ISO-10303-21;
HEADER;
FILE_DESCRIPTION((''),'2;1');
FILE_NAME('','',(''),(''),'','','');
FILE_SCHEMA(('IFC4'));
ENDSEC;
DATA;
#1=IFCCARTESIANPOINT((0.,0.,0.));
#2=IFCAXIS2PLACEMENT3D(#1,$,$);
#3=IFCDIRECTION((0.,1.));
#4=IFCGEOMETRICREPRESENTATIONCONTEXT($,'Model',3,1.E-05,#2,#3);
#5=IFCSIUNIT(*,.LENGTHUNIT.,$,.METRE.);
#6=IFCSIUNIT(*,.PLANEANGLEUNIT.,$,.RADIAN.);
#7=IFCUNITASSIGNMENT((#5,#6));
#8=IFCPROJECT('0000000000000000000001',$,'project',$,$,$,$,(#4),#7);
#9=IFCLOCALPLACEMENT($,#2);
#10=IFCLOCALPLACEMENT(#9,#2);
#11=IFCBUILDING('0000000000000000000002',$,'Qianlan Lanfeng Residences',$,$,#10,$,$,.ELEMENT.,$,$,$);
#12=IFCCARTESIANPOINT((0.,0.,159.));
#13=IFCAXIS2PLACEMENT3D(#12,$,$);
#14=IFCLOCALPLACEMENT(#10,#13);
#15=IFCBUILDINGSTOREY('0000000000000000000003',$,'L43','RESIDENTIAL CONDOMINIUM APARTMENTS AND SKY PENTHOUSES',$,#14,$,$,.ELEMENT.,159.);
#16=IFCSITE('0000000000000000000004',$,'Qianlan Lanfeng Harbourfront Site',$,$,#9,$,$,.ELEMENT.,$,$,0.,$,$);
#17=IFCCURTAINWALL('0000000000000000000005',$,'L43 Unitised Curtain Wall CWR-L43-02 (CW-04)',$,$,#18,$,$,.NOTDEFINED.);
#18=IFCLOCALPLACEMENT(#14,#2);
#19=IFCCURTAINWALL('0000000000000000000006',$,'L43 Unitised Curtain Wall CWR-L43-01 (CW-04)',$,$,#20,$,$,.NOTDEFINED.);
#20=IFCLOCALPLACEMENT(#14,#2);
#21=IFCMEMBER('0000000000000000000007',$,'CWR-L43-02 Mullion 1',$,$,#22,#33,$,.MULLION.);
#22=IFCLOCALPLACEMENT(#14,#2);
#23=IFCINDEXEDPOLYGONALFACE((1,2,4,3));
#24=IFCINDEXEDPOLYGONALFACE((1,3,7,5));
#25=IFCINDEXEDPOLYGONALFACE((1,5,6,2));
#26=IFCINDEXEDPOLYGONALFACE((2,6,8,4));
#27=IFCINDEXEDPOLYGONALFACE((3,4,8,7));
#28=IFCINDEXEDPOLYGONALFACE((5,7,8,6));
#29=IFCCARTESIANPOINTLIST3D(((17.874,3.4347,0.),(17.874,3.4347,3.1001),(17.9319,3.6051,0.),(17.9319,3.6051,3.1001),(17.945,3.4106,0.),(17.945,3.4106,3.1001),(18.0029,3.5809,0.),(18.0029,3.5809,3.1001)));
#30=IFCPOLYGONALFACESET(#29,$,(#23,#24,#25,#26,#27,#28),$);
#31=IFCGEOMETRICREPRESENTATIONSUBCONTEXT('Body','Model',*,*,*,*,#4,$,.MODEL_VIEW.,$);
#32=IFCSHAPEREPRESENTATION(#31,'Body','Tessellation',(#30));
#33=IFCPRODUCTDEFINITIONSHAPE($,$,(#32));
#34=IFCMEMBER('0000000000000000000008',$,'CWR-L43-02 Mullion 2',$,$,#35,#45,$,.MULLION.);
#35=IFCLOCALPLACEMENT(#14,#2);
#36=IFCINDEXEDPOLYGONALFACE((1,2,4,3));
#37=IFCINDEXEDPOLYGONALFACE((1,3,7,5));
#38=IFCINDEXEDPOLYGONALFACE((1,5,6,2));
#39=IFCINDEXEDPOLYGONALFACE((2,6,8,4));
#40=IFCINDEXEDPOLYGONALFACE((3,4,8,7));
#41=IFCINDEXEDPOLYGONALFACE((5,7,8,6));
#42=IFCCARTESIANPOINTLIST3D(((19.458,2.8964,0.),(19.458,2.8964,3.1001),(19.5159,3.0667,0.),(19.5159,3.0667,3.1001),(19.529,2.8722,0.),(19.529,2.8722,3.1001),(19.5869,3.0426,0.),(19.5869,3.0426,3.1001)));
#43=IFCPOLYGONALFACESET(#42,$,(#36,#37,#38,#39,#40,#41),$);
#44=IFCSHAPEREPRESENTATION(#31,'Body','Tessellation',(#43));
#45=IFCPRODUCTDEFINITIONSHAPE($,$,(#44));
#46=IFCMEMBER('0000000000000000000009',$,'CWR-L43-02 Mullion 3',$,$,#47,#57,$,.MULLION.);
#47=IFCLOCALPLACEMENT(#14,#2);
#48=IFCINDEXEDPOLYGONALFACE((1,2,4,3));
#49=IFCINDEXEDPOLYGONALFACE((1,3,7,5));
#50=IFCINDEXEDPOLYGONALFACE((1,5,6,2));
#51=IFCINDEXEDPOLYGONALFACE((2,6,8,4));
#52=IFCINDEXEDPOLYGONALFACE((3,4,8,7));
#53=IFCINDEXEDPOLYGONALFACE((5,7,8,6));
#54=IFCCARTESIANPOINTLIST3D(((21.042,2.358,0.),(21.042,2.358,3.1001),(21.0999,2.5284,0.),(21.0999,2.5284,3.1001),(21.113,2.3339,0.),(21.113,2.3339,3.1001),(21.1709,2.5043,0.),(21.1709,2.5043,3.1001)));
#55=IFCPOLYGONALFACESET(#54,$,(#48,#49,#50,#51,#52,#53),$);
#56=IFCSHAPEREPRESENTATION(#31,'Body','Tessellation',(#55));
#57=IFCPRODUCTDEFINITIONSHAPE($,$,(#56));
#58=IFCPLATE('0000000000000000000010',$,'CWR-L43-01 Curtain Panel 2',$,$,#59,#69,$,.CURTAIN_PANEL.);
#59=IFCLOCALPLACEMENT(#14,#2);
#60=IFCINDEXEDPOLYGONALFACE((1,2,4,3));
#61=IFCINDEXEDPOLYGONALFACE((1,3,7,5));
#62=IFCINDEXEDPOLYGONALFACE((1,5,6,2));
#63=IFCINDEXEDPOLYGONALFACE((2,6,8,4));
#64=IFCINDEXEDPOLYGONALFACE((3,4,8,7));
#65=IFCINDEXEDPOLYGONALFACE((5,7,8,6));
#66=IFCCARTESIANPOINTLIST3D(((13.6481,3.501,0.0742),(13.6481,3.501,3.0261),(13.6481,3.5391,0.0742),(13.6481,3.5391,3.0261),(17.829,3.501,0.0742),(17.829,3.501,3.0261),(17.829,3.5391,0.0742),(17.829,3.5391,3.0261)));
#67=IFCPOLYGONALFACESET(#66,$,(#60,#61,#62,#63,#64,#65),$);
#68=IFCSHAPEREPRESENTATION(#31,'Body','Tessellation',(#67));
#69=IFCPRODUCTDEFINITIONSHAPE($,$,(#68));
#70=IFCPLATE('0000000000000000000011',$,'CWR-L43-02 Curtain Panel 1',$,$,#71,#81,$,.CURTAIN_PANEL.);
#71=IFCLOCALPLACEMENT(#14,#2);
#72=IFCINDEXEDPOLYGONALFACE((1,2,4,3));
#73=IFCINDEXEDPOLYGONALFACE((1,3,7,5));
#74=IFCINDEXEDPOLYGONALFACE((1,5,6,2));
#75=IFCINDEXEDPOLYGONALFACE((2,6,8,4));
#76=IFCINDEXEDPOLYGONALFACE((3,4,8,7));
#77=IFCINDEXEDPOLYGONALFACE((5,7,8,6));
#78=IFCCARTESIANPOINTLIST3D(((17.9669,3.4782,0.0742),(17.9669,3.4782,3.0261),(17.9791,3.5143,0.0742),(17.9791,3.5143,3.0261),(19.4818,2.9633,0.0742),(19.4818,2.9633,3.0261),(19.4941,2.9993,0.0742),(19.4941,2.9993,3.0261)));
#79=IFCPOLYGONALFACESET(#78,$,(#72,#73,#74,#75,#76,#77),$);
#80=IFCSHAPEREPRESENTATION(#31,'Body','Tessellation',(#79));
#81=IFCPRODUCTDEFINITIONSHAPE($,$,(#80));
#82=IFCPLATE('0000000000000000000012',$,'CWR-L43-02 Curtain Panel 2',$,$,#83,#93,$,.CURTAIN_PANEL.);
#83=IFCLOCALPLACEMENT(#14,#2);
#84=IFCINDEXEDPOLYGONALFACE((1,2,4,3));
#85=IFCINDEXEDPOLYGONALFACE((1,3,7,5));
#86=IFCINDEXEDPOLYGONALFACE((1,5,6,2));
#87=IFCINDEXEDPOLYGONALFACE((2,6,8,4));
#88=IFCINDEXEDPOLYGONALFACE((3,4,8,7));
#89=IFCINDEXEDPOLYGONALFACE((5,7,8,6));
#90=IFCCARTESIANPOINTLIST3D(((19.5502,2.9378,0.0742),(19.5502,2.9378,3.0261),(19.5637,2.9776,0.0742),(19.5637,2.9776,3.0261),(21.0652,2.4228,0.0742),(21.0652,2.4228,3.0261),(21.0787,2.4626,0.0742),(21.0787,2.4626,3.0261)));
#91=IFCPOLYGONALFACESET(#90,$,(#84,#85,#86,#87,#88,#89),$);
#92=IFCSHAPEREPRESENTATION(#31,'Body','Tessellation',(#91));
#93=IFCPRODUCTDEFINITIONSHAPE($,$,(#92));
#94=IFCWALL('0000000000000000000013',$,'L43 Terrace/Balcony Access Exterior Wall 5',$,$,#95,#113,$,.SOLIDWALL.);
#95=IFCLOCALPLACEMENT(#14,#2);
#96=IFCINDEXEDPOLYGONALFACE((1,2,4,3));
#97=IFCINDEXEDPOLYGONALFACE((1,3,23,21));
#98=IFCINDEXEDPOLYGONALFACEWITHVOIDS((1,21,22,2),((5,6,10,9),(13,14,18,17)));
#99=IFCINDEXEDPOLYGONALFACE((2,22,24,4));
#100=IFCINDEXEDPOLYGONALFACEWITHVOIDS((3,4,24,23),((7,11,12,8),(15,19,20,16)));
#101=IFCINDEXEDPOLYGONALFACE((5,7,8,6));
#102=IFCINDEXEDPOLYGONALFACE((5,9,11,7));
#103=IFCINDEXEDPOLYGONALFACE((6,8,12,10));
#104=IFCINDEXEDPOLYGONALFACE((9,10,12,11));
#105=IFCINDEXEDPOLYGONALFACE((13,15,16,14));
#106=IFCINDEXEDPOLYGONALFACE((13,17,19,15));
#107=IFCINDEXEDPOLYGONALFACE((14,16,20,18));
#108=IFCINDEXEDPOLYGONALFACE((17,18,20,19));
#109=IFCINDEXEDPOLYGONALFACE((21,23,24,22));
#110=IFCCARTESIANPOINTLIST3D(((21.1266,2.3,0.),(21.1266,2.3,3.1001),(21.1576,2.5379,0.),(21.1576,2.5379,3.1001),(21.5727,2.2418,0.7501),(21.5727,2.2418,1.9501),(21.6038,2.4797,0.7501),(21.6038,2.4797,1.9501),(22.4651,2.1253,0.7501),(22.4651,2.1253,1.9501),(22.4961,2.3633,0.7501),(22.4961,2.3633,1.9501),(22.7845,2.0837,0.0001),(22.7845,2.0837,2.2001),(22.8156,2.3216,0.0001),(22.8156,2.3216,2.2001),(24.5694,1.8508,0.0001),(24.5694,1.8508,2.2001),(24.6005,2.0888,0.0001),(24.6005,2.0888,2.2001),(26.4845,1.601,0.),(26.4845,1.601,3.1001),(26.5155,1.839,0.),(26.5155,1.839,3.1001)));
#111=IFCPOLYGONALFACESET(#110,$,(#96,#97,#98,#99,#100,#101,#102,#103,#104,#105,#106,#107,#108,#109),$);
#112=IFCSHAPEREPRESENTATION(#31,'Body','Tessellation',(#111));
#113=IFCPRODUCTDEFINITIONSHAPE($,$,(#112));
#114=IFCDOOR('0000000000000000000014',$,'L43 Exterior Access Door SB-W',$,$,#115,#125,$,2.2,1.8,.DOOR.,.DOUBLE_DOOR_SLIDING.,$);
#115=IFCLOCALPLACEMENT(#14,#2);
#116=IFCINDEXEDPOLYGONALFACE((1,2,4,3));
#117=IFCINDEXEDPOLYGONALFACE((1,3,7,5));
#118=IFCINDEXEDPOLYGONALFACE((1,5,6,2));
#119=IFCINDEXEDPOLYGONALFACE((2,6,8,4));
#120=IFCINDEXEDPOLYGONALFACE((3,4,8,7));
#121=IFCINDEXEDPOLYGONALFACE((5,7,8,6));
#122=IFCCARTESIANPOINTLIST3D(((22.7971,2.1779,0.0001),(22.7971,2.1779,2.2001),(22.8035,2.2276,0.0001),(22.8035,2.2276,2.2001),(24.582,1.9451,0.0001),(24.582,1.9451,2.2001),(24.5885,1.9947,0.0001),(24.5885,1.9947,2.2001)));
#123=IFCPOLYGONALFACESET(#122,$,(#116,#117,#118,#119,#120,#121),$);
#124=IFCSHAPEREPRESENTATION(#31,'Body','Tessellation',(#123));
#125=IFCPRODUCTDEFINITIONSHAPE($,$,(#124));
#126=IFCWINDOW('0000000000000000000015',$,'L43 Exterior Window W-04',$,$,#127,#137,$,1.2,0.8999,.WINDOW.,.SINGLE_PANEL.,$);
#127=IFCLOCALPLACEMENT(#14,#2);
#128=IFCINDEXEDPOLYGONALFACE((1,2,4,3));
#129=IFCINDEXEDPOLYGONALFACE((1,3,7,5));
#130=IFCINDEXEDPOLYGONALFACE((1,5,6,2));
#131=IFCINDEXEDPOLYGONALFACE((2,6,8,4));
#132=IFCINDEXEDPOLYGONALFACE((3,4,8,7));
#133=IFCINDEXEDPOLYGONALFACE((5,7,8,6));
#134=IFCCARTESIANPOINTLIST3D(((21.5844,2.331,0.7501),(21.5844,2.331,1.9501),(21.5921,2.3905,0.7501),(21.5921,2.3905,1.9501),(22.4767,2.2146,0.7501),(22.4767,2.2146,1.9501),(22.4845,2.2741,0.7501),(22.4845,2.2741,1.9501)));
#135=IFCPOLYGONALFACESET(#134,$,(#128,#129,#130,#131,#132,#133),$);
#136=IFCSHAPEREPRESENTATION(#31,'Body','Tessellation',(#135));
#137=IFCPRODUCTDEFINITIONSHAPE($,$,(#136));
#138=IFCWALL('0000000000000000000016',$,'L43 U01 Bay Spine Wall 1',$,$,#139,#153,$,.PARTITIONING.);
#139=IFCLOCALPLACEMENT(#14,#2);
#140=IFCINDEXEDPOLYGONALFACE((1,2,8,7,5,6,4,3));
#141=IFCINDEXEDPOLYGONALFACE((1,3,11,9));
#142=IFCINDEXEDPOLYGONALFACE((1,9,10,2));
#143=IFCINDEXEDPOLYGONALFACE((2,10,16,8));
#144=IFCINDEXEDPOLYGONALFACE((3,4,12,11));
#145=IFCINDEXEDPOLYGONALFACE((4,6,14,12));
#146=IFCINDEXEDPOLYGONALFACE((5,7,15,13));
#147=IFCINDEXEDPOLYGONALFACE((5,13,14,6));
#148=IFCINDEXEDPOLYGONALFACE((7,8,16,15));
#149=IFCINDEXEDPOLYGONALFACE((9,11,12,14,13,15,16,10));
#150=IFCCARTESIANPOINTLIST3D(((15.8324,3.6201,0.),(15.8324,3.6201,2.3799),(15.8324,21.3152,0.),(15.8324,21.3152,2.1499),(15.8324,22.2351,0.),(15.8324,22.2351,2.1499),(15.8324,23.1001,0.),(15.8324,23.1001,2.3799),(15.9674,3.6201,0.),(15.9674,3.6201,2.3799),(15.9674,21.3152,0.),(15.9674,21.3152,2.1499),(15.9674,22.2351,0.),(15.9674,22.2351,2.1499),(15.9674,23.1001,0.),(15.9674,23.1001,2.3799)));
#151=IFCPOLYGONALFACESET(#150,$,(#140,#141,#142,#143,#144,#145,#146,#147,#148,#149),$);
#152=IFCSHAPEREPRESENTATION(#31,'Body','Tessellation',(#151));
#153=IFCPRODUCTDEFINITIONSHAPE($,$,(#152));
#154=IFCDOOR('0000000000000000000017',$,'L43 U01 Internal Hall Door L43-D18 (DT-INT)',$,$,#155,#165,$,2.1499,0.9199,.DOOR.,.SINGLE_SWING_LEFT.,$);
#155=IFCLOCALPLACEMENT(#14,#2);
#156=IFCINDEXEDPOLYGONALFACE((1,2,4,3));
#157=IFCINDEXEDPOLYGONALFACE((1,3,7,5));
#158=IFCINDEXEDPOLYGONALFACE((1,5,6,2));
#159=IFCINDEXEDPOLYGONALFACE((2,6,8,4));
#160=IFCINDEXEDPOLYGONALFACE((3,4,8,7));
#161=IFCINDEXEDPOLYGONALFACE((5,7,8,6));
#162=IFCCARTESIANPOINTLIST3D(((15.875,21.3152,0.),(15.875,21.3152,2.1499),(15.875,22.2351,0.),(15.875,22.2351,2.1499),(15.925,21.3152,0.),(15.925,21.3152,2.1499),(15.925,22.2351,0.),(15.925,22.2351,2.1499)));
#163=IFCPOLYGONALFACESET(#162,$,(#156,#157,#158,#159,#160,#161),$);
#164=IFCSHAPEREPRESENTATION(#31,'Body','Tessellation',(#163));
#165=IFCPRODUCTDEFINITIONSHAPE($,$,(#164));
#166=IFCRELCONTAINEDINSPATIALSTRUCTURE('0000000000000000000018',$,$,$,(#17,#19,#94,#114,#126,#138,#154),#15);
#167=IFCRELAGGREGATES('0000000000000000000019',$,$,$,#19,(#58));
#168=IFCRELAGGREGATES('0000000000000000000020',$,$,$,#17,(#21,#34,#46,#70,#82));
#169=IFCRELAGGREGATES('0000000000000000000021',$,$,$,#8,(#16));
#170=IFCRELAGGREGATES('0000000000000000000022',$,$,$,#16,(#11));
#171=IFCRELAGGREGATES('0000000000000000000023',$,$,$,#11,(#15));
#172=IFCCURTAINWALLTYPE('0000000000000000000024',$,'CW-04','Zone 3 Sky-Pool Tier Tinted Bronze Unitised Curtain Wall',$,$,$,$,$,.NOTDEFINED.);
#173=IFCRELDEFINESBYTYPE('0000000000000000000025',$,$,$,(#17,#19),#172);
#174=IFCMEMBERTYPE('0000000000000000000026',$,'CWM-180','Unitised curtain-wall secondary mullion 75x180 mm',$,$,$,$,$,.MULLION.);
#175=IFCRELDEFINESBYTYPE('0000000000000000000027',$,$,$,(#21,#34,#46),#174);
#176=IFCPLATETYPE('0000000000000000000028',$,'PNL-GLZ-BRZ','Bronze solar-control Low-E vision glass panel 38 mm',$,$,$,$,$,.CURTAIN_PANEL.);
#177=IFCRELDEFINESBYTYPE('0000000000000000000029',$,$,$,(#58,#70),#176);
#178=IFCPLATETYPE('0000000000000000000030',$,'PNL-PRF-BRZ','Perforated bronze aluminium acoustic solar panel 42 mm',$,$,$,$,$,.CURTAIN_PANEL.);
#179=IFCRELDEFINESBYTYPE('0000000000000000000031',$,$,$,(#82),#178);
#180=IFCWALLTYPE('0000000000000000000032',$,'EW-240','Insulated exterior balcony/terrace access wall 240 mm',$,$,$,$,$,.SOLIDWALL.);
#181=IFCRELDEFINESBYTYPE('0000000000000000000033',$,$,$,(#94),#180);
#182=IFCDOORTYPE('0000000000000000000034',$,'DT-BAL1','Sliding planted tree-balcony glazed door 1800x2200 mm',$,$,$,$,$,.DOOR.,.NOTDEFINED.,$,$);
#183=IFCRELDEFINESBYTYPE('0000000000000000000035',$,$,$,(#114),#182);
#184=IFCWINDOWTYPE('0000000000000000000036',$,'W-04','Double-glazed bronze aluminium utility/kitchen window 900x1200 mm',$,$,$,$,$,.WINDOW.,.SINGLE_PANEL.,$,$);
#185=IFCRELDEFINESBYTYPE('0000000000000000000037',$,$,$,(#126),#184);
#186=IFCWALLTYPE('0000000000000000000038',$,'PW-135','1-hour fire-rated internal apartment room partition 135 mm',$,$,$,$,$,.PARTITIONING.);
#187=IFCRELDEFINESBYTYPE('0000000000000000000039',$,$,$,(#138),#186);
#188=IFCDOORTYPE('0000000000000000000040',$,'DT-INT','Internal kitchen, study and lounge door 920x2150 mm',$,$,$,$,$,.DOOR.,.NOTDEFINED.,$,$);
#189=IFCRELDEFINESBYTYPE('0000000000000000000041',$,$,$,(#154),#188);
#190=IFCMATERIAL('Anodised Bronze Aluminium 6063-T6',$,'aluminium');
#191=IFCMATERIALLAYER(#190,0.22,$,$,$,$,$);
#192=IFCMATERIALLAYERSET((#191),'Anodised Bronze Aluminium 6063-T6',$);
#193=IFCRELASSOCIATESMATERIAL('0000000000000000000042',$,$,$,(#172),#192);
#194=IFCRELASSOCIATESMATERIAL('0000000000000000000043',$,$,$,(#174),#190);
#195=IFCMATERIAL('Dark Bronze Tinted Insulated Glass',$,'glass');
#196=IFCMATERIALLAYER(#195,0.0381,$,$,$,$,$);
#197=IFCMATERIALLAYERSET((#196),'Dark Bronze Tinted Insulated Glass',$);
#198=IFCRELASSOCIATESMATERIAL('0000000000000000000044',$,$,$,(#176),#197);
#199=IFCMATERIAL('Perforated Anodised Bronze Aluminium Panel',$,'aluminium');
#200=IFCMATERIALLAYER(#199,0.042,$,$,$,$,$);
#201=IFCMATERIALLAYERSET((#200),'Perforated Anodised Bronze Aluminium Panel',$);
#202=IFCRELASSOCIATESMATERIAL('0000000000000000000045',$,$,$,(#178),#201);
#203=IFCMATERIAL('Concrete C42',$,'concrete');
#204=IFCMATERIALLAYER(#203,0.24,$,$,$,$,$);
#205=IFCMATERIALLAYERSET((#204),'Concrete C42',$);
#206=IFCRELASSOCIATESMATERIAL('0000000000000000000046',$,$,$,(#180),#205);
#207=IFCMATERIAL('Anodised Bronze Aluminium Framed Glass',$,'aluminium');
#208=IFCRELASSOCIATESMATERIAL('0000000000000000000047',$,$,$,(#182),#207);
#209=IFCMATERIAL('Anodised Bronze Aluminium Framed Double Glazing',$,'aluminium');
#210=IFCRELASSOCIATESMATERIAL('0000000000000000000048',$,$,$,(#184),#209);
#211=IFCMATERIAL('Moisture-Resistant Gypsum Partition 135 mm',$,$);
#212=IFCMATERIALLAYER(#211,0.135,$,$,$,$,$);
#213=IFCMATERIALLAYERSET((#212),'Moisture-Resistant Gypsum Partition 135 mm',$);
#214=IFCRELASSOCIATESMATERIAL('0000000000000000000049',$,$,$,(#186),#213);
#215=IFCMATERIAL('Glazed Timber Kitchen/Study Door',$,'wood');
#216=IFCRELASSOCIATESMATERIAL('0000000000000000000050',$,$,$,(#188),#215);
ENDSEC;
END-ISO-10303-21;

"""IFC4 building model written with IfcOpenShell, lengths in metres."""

from ifc_helpers import new_model, si_unit, direction, frame, frame_2d, origin, origin_2d, place, context, subcontext, project, spatial, rectangle, extrude, source, transform, mapped, material, layer, layer_set, material_profile, profile_set, type_object, element, fill, aggregate, save


model = new_model("IFC4")

# Units and contexts
model_context = context("Model", 3, precision=1e-05, world=origin(), true_north=direction((0.0, 1.0)))
body_context = subcontext(model_context, "Body", "Model", "MODEL_VIEW")
ifc_project = project(units=[si_unit("LENGTHUNIT", "METRE"), si_unit("PLANEANGLEUNIT", "RADIAN")], contexts=[model_context])

# Site, building, storey
site_placement = place(None, origin())
site = spatial("IfcSite", under=ifc_project, at=site_placement, Name="Qianlan Lanfeng Harbourfront Site", CompositionType="ELEMENT", RefElevation=0.0)
building_placement = place(site_placement, origin())
building = spatial("IfcBuilding", under=site, at=building_placement, Name="Qianlan Lanfeng Residences", CompositionType="ELEMENT")
storey_placement = place(building_placement, frame((0.0, 0.0, 159.0)))
storey = spatial("IfcBuildingStorey", under=building, at=storey_placement, Name="L43", Description="RESIDENTIAL CONDOMINIUM APARTMENTS AND SKY PENTHOUSES", CompositionType="ELEMENT", Elevation=159.0)

# Curtain wall
ifc_material_1 = material(Name="Anodised Bronze Aluminium 6063-T6", Category="aluminium")
ifc_layer_1 = layer(ifc_material_1, 0.22)
ifc_layer_set_1 = layer_set([ifc_layer_1], Name="Anodised Bronze Aluminium 6063-T6")
curtain_wall_type = type_object("IfcCurtainWallType", Name="CW-04", Description="Zone 3 Sky-Pool Tier Tinted Bronze Unitised Curtain Wall", PredefinedType="NOTDEFINED", material=ifc_layer_set_1)
curtain_wall_1_placement = place(storey_placement, origin())
curtain_wall_1 = element("IfcCurtainWall", 1, at=curtain_wall_1_placement, inside=storey, type_object=curtain_wall_type, Name="L43 Unitised Curtain Wall CWR-L43-02 (CW-04)", PredefinedType="NOTDEFINED")

# Curtain wall
curtain_wall_2_placement = place(storey_placement, origin())
curtain_wall_2 = element("IfcCurtainWall", 2, at=curtain_wall_2_placement, inside=storey, type_object=curtain_wall_type, Name="L43 Unitised Curtain Wall CWR-L43-01 (CW-04)", PredefinedType="NOTDEFINED")
ifc_material_profile_1 = material_profile(ifc_material_1, rectangle(XDim=0.075, YDim=0.1799, at=origin_2d()), Name="ALU MULLION 75x180")
ifc_profile_set_1 = profile_set([ifc_material_profile_1], Name="Anodised Bronze Aluminium 6063-T6")
member_type_1 = type_object("IfcMemberType", Name="CWM-180", Description="Unitised curtain-wall secondary mullion 75x180 mm", PredefinedType="MULLION", material=ifc_profile_set_1)
shared_shape_1 = source(origin(), body_context, "Body", "SweptSolid", [
    extrude(rectangle(XDim=0.075, YDim=0.1799, at=origin_2d()), origin(), (0.0, 0.0, 1.0), 3.1001),
])

# Members
member_1_placement = place(storey_placement, frame((17.9385, 3.5078, 0.0), z_axis=(0.0, 0.0, 1.0), x_axis=(0.946796, -0.321834, 0.0)))
member_1 = element("IfcMember", 3, at=member_1_placement, type_object=member_type_1, Name="CWR-L43-02 Mullion 1", PredefinedType="MULLION", context=body_context, shape_type="MappedRepresentation", body=[
    mapped(shared_shape_1, transform((0.0, 0.0, 0.0), scale=1.0)),
])
member_2_placement = place(storey_placement, frame((19.5225, 2.9695, 0.0), z_axis=(0.0, 0.0, 1.0), x_axis=(0.946796, -0.321834, 0.0)))
member_2 = element("IfcMember", 4, at=member_2_placement, type_object=member_type_1, Name="CWR-L43-02 Mullion 2", PredefinedType="MULLION", context=body_context, shape_type="MappedRepresentation", body=[
    mapped(shared_shape_1, transform((0.0, 0.0, 0.0), scale=1.0)),
])
member_3_placement = place(storey_placement, frame((21.1064, 2.4312, 0.0), z_axis=(0.0, 0.0, 1.0), x_axis=(0.946796, -0.321834, 0.0)))
member_3 = element("IfcMember", 5, at=member_3_placement, type_object=member_type_1, Name="CWR-L43-02 Mullion 3", PredefinedType="MULLION", context=body_context, shape_type="MappedRepresentation", body=[
    mapped(shared_shape_1, transform((0.0, 0.0, 0.0), scale=1.0)),
])

# Plates
ifc_material_2 = material(Name="Dark Bronze Tinted Insulated Glass", Category="glass")
ifc_layer_2 = layer(ifc_material_2, 0.0381)
ifc_layer_set_2 = layer_set([ifc_layer_2], Name="Dark Bronze Tinted Insulated Glass")
plate_type_1 = type_object("IfcPlateType", Name="PNL-GLZ-BRZ", Description="Bronze solar-control Low-E vision glass panel 38 mm", PredefinedType="CURTAIN_PANEL", material=ifc_layer_set_2)
shared_shape_2 = source(origin(), body_context, "Body", "SweptSolid", [
    extrude(rectangle(XDim=4.1809, YDim=0.0381, at=origin_2d()), origin(), (0.0, 0.0, 1.0), 2.9519),
])
plate_1_placement = place(storey_placement, frame((15.7385, 3.52, 0.0742), z_axis=(0.0, 0.0, 1.0), x_axis=(1.0, 0.0, 0.0)))
plate_1 = element("IfcPlate", 6, at=plate_1_placement, type_object=plate_type_1, Name="CWR-L43-01 Curtain Panel 2", PredefinedType="CURTAIN_PANEL", context=body_context, shape_type="MappedRepresentation", body=[
    mapped(shared_shape_2, transform((0.0, 0.0, 0.0), scale=1.0)),
])
aggregate(curtain_wall_2, [plate_1])
shared_shape_3 = source(origin(), body_context, "Body", "SweptSolid", [
    extrude(rectangle(XDim=1.6001, YDim=0.0381, at=origin_2d()), origin(), (0.0, 0.0, 1.0), 2.9519),
])
plate_2_placement = place(storey_placement, frame((18.7305, 3.2388, 0.0742), z_axis=(0.0, 0.0, 1.0), x_axis=(0.946796, -0.321834, 0.0)))
plate_2 = element("IfcPlate", 7, at=plate_2_placement, type_object=plate_type_1, Name="CWR-L43-02 Curtain Panel 1", PredefinedType="CURTAIN_PANEL", context=body_context, shape_type="MappedRepresentation", body=[
    mapped(shared_shape_3, transform((0.0, 0.0, 0.0), scale=1.0)),
])
ifc_material_3 = material(Name="Perforated Anodised Bronze Aluminium Panel", Category="aluminium")
ifc_layer_3 = layer(ifc_material_3, 0.042)
ifc_layer_set_3 = layer_set([ifc_layer_3], Name="Perforated Anodised Bronze Aluminium Panel")
plate_type_2 = type_object("IfcPlateType", Name="PNL-PRF-BRZ", Description="Perforated bronze aluminium acoustic solar panel 42 mm", PredefinedType="CURTAIN_PANEL", material=ifc_layer_set_3)
shared_shape_4 = source(origin(), body_context, "Body", "SweptSolid", [
    extrude(rectangle(XDim=1.6001, YDim=0.042, at=origin_2d()), origin(), (0.0, 0.0, 1.0), 2.9519),
])
plate_3_placement = place(storey_placement, frame((20.3145, 2.7002, 0.0742), z_axis=(0.0, 0.0, 1.0), x_axis=(0.946796, -0.321834, 0.0)))
plate_3 = element("IfcPlate", 8, at=plate_3_placement, type_object=plate_type_2, Name="CWR-L43-02 Curtain Panel 2", PredefinedType="CURTAIN_PANEL", context=body_context, shape_type="MappedRepresentation", body=[
    mapped(shared_shape_4, transform((0.0, 0.0, 0.0), scale=1.0)),
])
aggregate(curtain_wall_1, [member_1, member_2, member_3, plate_2, plate_3])

# Wall, openings, door, window
ifc_material_4 = material(Name="Concrete C42", Category="concrete")
ifc_layer_4 = layer(ifc_material_4, 0.24)
ifc_layer_set_4 = layer_set([ifc_layer_4], Name="Concrete C42")
wall_type_1 = type_object("IfcWallType", Name="EW-240", Description="Insulated exterior balcony/terrace access wall 240 mm", PredefinedType="SOLIDWALL", material=ifc_layer_set_4)
wall_1_placement = place(storey_placement, frame((21.1421, 2.4189, 0.0), z_axis=(0.0, 0.0, 1.0), x_axis=(0.991598, -0.12936, 0.0)))
wall_1 = element("IfcWall", 9, at=wall_1_placement, inside=storey, type_object=wall_type_1, Name="L43 Terrace/Balcony Access Exterior Wall 5", PredefinedType="SOLIDWALL", context=body_context, shape_type="SweptSolid", body=[
    extrude(rectangle(XDim=5.4033, YDim=0.24, at=frame_2d((2.7017, 0.0))), origin(), (0.0, 0.0, 1.0), 3.1001),
])
opening_1_placement = place(wall_1_placement, frame((1.6721, 0.0, 0.0)))
opening_1 = element("IfcOpeningElement", 10, at=opening_1_placement, cuts=wall_1, PredefinedType="OPENING", context=body_context, shape_type="SweptSolid", body=[
    extrude(rectangle(XDim=1.8, YDim=2.2, at=frame_2d((0.8999, 1.1001))), frame((0.0, 0.1299, 0.0), z_axis=(0.0, -1.0, 0.0), x_axis=(1.0, 0.0, 0.0)), (0.0, 0.0, 1.0), 0.26),
])
opening_2_placement = place(wall_1_placement, frame((0.45, 0.0, 0.75)))
opening_2 = element("IfcOpeningElement", 11, at=opening_2_placement, cuts=wall_1, PredefinedType="OPENING", context=body_context, shape_type="SweptSolid", body=[
    extrude(rectangle(XDim=0.8999, YDim=1.2, at=frame_2d((0.45, 0.6001))), frame((0.0, 0.1299, 0.0), z_axis=(0.0, -1.0, 0.0), x_axis=(1.0, 0.0, 0.0)), (0.0, 0.0, 1.0), 0.26),
])
ifc_material_5 = material(Name="Anodised Bronze Aluminium Framed Glass", Category="aluminium")
door_type_1 = type_object("IfcDoorType", Name="DT-BAL1", Description="Sliding planted tree-balcony glazed door 1800x2200 mm", OperationType="NOTDEFINED", PredefinedType="DOOR", material=ifc_material_5)
door_1_placement = place(opening_1_placement, frame((1.8, 0.0, 0.0), z_axis=(0.0, 0.0, 1.0), x_axis=(-1.0, 0.0, 0.0)))
door_1 = element("IfcDoor", 12, at=door_1_placement, inside=storey, type_object=door_type_1, Name="L43 Exterior Access Door SB-W", OperationType="DOUBLE_DOOR_SLIDING", OverallHeight=2.2, OverallWidth=1.8, PredefinedType="DOOR", context=body_context, shape_type="SweptSolid", body=[
    extrude(rectangle(XDim=1.8, YDim=2.2, at=frame_2d((0.8999, 1.1001))), frame((0.0, 0.0249, 0.0), z_axis=(0.0, -1.0, 0.0), x_axis=(1.0, 0.0, 0.0)), (0.0, 0.0, 1.0), 0.05),
])
fill(opening_1, door_1)
ifc_material_6 = material(Name="Anodised Bronze Aluminium Framed Double Glazing", Category="aluminium")
window_type = type_object("IfcWindowType", Name="W-04", Description="Double-glazed bronze aluminium utility/kitchen window 900x1200 mm", PartitioningType="SINGLE_PANEL", PredefinedType="WINDOW", material=ifc_material_6)
window_placement = place(opening_2_placement, origin())
window = element("IfcWindow", 13, at=window_placement, inside=storey, type_object=window_type, Name="L43 Exterior Window W-04", OverallHeight=1.2, OverallWidth=0.8999, PartitioningType="SINGLE_PANEL", PredefinedType="WINDOW", context=body_context, shape_type="SweptSolid", body=[
    extrude(rectangle(XDim=0.8999, YDim=1.2, at=frame_2d((0.45, 0.6001))), frame((0.0, 0.03, 0.0), z_axis=(0.0, -1.0, 0.0), x_axis=(1.0, 0.0, 0.0)), (0.0, 0.0, 1.0), 0.0601),
])
fill(opening_2, window)

# Wall, opening, door
ifc_material_7 = material(Name="Moisture-Resistant Gypsum Partition 135 mm")
ifc_layer_5 = layer(ifc_material_7, 0.135)
ifc_layer_set_5 = layer_set([ifc_layer_5], Name="Moisture-Resistant Gypsum Partition 135 mm")
wall_type_2 = type_object("IfcWallType", Name="PW-135", Description="1-hour fire-rated internal apartment room partition 135 mm", PredefinedType="PARTITIONING", material=ifc_layer_set_5)
wall_2_placement = place(storey_placement, frame((15.8999, 3.6201, 0.0), z_axis=(0.0, 0.0, 1.0), x_axis=(0.0, 1.0, 0.0)))
wall_2 = element("IfcWall", 14, at=wall_2_placement, inside=storey, type_object=wall_type_2, Name="L43 U01 Bay Spine Wall 1", PredefinedType="PARTITIONING", context=body_context, shape_type="SweptSolid", body=[
    extrude(rectangle(XDim=19.48, YDim=0.135, at=frame_2d((9.74, 0.0))), origin(), (0.0, 0.0, 1.0), 2.3799),
])
opening_3_placement = place(wall_2_placement, frame((17.6951, 0.0, 0.0)))
opening_3 = element("IfcOpeningElement", 15, at=opening_3_placement, cuts=wall_2, PredefinedType="OPENING", context=body_context, shape_type="SweptSolid", body=[
    extrude(rectangle(XDim=0.9199, YDim=2.1499, at=frame_2d((0.46, 1.075))), frame((0.0, 0.0776, 0.0), z_axis=(0.0, -1.0, 0.0), x_axis=(1.0, 0.0, 0.0)), (0.0, 0.0, 1.0), 0.155),
])
ifc_material_8 = material(Name="Glazed Timber Kitchen/Study Door", Category="wood")
door_type_2 = type_object("IfcDoorType", Name="DT-INT", Description="Internal kitchen, study and lounge door 920x2150 mm", OperationType="NOTDEFINED", PredefinedType="DOOR", material=ifc_material_8)
door_2_placement = place(opening_3_placement, origin())
door_2 = element("IfcDoor", 16, at=door_2_placement, inside=storey, type_object=door_type_2, Name="L43 U01 Internal Hall Door L43-D18 (DT-INT)", OperationType="SINGLE_SWING_LEFT", OverallHeight=2.1499, OverallWidth=0.9199, PredefinedType="DOOR", context=body_context, shape_type="SweptSolid", body=[
    extrude(rectangle(XDim=0.9199, YDim=2.1499, at=frame_2d((0.46, 1.075))), frame((0.0, 0.0249, 0.0), z_axis=(0.0, -1.0, 0.0), x_axis=(1.0, 0.0, 0.0)), (0.0, 0.0, 1.0), 0.05),
])
fill(opening_3, door_2)

save(model, "model.ifc")
